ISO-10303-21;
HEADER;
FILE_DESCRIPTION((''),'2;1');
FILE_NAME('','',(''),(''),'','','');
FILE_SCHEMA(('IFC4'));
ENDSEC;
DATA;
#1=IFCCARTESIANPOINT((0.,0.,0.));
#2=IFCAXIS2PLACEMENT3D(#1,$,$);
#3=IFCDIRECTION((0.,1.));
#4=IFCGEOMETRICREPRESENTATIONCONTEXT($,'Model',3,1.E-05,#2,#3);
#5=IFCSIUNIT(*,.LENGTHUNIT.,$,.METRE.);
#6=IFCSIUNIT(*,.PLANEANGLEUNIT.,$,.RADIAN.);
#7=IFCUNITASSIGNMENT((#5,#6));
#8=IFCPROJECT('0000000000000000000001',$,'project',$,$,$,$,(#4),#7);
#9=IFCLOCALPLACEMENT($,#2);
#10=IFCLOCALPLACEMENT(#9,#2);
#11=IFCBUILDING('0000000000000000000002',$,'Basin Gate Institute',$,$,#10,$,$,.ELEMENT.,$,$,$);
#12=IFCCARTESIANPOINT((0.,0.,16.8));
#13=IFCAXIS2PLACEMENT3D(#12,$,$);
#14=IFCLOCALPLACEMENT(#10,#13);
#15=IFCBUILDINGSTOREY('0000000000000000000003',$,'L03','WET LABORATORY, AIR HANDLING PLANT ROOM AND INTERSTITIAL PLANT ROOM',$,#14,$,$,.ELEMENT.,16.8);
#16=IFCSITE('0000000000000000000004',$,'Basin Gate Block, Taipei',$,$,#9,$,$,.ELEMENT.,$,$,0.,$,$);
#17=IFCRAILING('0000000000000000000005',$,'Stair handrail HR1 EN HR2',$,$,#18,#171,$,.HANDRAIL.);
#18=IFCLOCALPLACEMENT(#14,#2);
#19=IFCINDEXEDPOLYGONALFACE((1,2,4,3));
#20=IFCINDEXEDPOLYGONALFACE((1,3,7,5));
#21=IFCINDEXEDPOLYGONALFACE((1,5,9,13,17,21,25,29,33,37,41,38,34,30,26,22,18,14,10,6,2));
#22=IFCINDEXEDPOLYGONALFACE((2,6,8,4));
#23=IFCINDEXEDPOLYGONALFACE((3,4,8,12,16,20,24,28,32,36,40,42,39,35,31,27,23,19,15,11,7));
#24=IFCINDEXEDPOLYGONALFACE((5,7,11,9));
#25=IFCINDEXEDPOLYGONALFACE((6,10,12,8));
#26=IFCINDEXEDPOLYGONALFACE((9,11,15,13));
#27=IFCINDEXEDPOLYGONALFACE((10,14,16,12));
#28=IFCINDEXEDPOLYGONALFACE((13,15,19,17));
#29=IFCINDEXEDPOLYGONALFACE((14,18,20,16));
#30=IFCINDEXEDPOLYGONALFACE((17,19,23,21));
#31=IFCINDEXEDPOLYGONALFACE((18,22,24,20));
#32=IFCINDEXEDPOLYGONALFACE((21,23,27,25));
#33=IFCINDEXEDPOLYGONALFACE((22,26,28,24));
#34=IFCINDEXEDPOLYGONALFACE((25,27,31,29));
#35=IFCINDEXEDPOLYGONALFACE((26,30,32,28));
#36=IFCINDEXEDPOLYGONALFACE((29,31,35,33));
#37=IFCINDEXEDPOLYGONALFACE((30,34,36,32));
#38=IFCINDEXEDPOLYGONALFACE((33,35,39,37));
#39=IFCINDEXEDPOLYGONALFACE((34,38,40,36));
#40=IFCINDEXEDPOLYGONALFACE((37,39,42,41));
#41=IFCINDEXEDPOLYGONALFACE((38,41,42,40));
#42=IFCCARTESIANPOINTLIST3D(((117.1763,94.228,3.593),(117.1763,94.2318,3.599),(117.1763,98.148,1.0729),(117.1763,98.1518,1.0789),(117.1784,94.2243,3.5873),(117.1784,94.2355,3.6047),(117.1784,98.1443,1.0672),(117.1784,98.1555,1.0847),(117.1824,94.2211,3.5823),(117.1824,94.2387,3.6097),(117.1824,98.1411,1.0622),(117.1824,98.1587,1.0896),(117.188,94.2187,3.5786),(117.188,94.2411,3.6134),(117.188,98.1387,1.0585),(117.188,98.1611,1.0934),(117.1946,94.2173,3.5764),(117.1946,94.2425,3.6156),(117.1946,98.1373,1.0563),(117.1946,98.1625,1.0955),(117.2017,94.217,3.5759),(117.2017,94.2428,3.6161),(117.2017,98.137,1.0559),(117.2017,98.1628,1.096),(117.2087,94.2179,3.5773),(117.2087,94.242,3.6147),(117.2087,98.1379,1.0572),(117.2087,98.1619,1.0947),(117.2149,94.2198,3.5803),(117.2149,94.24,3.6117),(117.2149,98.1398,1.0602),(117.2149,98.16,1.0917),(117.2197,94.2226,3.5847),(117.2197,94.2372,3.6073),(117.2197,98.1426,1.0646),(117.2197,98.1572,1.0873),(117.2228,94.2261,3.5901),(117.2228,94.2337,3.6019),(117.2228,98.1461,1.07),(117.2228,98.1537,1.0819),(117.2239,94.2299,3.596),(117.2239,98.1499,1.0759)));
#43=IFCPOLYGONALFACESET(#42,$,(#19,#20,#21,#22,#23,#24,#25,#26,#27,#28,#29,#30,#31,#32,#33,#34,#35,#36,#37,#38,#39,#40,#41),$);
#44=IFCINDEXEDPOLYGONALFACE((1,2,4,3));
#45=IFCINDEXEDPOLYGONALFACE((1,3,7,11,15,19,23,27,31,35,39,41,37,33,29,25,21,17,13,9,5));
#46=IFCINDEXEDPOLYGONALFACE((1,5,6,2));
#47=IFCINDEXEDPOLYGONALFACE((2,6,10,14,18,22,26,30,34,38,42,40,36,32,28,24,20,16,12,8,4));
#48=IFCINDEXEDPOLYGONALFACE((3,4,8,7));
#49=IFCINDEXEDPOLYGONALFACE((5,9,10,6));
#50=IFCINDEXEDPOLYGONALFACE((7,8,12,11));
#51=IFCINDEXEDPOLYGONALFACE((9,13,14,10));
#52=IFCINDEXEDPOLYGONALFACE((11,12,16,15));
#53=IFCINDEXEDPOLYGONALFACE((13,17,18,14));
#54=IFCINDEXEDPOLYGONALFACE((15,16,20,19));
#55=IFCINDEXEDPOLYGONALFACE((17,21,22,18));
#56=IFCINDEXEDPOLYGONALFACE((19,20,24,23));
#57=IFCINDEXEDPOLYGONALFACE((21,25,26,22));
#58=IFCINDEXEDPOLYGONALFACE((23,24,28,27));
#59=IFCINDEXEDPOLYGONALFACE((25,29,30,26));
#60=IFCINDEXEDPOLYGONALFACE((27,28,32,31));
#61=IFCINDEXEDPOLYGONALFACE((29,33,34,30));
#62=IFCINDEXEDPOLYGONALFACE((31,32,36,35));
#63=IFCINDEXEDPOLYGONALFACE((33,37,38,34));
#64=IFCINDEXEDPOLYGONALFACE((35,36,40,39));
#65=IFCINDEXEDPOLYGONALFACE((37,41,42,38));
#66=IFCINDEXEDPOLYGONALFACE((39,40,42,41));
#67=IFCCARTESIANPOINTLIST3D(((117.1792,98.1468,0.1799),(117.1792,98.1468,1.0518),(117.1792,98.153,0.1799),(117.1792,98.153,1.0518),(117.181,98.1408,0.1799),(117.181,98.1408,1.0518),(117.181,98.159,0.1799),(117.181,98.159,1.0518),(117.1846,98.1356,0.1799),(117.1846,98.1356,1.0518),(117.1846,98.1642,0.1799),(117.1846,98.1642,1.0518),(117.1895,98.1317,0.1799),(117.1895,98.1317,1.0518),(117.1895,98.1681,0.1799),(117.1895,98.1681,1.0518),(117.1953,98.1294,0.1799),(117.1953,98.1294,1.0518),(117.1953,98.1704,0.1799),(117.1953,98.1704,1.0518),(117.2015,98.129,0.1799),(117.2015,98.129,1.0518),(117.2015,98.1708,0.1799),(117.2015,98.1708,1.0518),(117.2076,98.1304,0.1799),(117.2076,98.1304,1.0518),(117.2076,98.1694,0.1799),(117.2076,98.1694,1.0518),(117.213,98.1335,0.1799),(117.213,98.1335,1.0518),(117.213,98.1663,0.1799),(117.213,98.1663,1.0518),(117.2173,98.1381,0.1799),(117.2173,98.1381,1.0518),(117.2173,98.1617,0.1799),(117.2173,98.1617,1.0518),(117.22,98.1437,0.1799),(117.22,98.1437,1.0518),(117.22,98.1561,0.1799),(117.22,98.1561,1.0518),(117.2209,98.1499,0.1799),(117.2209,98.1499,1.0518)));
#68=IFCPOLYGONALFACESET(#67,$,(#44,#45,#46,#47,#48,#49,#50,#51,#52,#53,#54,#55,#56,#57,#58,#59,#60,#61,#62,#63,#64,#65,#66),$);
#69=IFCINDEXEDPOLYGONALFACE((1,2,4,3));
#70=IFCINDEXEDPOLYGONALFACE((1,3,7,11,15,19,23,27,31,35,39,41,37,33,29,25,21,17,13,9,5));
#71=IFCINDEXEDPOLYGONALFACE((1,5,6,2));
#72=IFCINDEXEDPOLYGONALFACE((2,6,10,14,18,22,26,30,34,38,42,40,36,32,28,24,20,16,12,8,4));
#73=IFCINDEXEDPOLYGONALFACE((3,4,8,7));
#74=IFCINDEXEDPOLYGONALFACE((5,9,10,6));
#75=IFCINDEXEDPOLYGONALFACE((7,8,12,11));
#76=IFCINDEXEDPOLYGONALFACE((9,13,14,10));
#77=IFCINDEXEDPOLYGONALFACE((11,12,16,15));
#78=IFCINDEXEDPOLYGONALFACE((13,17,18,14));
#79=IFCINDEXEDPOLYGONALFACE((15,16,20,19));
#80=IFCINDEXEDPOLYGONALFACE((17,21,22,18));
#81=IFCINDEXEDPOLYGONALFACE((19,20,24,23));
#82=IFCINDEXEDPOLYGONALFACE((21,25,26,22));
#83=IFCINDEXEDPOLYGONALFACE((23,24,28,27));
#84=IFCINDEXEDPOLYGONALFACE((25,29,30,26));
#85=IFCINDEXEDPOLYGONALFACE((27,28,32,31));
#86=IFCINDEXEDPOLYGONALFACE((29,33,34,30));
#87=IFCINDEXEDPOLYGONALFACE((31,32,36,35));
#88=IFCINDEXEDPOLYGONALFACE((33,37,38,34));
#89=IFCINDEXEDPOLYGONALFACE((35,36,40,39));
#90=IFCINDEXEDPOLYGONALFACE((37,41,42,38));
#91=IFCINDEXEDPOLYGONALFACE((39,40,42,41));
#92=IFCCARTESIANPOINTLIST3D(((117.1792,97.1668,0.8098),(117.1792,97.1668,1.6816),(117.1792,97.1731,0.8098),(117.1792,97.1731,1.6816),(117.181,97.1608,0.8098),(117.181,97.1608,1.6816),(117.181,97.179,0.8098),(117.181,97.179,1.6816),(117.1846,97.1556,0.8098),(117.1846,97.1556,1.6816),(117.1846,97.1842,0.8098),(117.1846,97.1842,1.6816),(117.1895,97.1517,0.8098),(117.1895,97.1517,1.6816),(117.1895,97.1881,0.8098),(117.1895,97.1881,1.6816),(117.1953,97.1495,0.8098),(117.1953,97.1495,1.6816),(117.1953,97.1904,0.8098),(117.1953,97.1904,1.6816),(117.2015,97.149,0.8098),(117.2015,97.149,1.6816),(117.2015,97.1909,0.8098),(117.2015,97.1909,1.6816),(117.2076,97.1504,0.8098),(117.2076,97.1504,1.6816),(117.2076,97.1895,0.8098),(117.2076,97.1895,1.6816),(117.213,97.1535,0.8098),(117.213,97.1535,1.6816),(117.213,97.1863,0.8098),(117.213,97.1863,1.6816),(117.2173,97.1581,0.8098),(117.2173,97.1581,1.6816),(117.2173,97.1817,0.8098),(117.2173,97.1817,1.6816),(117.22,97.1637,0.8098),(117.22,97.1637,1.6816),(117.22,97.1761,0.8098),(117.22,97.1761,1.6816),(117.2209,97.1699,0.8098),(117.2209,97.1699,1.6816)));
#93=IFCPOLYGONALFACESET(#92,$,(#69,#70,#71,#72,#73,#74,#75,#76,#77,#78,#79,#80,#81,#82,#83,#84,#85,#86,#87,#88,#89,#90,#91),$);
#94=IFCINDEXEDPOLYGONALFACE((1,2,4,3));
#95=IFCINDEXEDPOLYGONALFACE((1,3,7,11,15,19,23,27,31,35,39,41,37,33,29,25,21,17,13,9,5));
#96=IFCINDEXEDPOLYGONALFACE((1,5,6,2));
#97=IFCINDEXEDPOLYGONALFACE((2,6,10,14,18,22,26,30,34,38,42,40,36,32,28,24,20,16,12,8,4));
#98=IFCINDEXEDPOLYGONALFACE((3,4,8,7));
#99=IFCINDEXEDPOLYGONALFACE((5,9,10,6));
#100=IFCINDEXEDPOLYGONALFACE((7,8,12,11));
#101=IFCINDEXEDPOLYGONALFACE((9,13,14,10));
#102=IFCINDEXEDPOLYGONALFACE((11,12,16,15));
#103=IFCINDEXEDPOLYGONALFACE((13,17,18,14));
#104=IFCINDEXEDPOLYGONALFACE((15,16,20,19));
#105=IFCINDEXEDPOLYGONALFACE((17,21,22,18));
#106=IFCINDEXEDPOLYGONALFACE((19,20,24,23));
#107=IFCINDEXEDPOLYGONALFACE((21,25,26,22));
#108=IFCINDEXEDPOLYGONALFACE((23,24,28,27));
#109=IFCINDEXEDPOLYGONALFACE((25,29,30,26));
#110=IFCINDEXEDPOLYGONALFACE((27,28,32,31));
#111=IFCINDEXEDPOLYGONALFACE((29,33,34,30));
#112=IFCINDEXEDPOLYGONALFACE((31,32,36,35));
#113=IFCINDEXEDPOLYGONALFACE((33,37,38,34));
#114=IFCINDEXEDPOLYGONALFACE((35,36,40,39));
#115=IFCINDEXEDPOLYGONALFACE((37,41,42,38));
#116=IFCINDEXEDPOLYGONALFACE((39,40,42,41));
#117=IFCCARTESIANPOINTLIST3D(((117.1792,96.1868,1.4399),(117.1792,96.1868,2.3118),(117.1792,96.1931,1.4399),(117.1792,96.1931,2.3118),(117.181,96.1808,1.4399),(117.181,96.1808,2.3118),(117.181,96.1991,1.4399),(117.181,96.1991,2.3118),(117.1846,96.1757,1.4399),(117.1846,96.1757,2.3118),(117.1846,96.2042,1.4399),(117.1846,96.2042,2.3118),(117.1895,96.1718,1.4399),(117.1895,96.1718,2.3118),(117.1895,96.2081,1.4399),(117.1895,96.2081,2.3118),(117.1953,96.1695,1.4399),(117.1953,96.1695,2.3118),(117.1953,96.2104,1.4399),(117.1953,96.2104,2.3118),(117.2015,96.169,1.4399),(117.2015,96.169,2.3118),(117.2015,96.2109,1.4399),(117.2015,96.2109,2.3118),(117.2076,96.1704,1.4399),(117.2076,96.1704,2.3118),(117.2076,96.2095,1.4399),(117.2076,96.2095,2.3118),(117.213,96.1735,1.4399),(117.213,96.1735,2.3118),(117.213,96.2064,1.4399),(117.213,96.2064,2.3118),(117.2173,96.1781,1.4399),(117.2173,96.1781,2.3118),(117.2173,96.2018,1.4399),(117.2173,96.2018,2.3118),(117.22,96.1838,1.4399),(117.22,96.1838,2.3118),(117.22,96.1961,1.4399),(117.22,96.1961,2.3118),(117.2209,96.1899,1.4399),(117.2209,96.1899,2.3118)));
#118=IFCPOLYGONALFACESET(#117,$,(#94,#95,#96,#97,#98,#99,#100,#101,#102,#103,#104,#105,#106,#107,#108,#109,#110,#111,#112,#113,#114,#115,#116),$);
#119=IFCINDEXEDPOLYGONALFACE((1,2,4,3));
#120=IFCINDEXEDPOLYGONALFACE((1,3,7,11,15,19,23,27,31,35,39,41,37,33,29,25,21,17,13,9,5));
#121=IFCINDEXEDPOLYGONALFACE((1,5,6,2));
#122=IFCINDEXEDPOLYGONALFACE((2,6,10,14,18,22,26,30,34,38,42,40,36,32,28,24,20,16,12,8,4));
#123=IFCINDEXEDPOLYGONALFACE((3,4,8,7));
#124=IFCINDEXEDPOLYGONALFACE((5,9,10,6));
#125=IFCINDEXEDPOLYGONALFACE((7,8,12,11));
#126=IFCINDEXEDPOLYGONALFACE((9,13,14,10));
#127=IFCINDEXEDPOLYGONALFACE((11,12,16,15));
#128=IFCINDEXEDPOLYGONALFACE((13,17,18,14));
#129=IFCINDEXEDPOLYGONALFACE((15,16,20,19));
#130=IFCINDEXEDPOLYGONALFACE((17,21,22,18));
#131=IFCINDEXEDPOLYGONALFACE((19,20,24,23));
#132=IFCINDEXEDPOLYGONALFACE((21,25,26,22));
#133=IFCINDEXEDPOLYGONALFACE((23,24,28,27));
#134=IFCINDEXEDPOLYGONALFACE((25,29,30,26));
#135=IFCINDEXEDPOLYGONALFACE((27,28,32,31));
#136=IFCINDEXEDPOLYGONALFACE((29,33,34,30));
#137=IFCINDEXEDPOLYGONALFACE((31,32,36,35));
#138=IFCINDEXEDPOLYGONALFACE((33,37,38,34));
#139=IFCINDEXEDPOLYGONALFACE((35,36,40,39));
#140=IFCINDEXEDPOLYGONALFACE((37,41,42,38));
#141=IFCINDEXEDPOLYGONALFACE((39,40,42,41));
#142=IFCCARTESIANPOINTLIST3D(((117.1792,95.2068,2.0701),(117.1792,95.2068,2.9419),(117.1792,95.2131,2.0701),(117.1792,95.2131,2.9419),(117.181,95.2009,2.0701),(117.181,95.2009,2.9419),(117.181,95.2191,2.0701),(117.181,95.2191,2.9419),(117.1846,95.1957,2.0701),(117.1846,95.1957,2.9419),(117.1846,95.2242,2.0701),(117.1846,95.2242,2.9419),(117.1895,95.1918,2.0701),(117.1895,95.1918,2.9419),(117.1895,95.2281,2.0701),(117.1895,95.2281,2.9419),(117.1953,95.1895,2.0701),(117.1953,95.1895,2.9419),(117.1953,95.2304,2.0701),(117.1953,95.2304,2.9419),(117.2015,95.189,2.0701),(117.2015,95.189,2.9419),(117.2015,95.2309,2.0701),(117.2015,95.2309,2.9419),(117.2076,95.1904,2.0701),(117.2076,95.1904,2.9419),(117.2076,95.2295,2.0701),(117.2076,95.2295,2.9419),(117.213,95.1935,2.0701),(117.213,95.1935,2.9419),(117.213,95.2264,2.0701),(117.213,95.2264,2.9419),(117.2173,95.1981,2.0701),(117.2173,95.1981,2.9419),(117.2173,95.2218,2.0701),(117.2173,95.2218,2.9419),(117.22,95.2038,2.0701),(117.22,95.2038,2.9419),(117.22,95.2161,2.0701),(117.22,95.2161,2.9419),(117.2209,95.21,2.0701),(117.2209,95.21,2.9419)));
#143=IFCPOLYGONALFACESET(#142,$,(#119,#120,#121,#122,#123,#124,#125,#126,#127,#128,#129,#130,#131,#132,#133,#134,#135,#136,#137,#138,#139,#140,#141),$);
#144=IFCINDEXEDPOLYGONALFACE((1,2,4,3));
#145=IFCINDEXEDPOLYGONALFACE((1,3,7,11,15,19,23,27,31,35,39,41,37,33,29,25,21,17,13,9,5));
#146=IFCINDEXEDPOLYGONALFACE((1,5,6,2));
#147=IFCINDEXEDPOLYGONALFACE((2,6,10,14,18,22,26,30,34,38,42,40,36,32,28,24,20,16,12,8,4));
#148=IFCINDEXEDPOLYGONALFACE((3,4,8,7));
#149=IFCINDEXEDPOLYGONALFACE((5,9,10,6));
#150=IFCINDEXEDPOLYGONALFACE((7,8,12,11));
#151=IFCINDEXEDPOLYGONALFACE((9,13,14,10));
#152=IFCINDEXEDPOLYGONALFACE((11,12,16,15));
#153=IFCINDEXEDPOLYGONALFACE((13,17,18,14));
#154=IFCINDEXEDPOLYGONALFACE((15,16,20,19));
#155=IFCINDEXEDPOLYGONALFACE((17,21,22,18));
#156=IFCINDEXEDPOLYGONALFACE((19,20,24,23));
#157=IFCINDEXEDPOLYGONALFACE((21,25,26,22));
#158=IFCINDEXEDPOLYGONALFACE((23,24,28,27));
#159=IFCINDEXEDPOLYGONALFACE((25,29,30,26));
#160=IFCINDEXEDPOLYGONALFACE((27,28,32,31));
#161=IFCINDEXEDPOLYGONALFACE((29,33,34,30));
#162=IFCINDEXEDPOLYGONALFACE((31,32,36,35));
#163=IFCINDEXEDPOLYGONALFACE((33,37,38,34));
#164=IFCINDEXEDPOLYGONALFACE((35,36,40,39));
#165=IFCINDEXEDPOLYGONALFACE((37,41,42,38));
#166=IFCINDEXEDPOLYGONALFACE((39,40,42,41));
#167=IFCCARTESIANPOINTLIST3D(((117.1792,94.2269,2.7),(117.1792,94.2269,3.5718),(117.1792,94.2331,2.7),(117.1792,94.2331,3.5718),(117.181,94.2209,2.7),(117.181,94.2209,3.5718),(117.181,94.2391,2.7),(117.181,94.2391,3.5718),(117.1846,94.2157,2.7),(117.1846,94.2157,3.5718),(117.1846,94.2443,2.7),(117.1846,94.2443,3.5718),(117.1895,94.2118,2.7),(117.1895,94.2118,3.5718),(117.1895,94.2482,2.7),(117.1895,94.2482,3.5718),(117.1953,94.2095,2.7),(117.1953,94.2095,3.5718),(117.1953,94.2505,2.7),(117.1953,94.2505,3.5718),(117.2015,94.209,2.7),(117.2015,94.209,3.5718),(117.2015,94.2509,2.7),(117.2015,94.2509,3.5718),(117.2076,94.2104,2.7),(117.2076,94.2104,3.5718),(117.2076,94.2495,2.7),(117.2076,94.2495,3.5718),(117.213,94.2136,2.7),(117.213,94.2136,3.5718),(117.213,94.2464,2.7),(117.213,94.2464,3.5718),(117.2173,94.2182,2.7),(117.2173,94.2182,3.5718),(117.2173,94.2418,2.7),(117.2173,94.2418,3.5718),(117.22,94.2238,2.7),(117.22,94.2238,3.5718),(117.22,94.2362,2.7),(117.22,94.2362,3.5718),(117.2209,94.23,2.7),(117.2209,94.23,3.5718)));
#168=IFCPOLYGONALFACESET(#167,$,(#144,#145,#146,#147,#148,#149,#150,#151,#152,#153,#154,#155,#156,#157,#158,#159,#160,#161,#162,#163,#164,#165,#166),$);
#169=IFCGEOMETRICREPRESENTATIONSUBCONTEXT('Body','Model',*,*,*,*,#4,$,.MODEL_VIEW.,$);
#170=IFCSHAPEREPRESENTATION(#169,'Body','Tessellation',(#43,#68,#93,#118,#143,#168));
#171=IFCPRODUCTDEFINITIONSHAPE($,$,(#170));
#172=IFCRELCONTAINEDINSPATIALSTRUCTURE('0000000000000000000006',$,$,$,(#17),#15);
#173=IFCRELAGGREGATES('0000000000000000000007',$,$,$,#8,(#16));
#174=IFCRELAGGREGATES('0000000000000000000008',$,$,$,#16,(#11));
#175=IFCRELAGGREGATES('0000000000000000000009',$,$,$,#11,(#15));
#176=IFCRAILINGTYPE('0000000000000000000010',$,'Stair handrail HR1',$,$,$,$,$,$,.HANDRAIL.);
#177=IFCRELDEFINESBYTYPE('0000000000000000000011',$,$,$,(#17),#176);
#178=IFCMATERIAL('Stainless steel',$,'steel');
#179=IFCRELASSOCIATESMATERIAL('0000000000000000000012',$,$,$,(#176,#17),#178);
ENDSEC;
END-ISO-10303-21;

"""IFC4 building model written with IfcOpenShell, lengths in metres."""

from ifc_helpers import new_model, si_unit, direction, frame, origin, origin_2d, place, context, subcontext, project, spatial, circle, extrude, material, type_object, element, save


model = new_model("IFC4")

# Units and contexts
model_context = context("Model", 3, precision=1e-05, world=origin(), true_north=direction((0.0, 1.0)))
body_context = subcontext(model_context, "Body", "Model", "MODEL_VIEW")
ifc_project = project(units=[si_unit("LENGTHUNIT", "METRE"), si_unit("PLANEANGLEUNIT", "RADIAN")], contexts=[model_context])

# Site, building, storey
site_placement = place(None, origin())
site = spatial("IfcSite", under=ifc_project, at=site_placement, Name="Basin Gate Block, Taipei", CompositionType="ELEMENT", RefElevation=0.0)
building_placement = place(site_placement, origin())
building = spatial("IfcBuilding", under=site, at=building_placement, Name="Basin Gate Institute", CompositionType="ELEMENT")
storey_placement = place(building_placement, frame((0.0, 0.0, 16.8)))
storey = spatial("IfcBuildingStorey", under=building, at=storey_placement, Name="L03", Description="WET LABORATORY, AIR HANDLING PLANT ROOM AND INTERSTITIAL PLANT ROOM", CompositionType="ELEMENT", Elevation=16.8)

# Railing
ifc_material_1 = material(Name="Stainless steel", Category="steel")
railing_type_1 = type_object("IfcRailingType", Name="Stair handrail HR1", PredefinedType="HANDRAIL", material=ifc_material_1)
for number, where, name in (
    (1, (117.2, 98.1499, 0.1799), "Stair handrail HR1 EN HR2"),
):
    element("IfcRailing", number, at=place(storey_placement, frame(where)), inside=storey, type_object=railing_type_1, material=ifc_material_1, Name=name, PredefinedType="HANDRAIL", context=body_context, shape_type="SweptSolid", body=[
        extrude(circle(Radius=0.0239, at=origin_2d()), frame((0.0, 0.0, 0.896), z_axis=(0.0, -0.841172, 0.540768), x_axis=(1.0, 0.0, 0.0)), (0.0, 0.0, 1.0), 4.6602),
        extrude(circle(Radius=0.021, at=origin_2d()), origin(), (0.0, 0.0, 1.0), 0.8718),
        extrude(circle(Radius=0.021, at=origin_2d()), frame((0.0, -0.98, 0.6299)), (0.0, 0.0, 1.0), 0.8718),
        extrude(circle(Radius=0.021, at=origin_2d()), frame((0.0, -1.96, 1.26)), (0.0, 0.0, 1.0), 0.8718),
        extrude(circle(Radius=0.021, at=origin_2d()), frame((0.0, -2.9399, 1.8901)), (0.0, 0.0, 1.0), 0.8718),
        extrude(circle(Radius=0.021, at=origin_2d()), frame((0.0, -3.9199, 2.52)), (0.0, 0.0, 1.0), 0.8718),
    ])

save(model, "model.ifc")
